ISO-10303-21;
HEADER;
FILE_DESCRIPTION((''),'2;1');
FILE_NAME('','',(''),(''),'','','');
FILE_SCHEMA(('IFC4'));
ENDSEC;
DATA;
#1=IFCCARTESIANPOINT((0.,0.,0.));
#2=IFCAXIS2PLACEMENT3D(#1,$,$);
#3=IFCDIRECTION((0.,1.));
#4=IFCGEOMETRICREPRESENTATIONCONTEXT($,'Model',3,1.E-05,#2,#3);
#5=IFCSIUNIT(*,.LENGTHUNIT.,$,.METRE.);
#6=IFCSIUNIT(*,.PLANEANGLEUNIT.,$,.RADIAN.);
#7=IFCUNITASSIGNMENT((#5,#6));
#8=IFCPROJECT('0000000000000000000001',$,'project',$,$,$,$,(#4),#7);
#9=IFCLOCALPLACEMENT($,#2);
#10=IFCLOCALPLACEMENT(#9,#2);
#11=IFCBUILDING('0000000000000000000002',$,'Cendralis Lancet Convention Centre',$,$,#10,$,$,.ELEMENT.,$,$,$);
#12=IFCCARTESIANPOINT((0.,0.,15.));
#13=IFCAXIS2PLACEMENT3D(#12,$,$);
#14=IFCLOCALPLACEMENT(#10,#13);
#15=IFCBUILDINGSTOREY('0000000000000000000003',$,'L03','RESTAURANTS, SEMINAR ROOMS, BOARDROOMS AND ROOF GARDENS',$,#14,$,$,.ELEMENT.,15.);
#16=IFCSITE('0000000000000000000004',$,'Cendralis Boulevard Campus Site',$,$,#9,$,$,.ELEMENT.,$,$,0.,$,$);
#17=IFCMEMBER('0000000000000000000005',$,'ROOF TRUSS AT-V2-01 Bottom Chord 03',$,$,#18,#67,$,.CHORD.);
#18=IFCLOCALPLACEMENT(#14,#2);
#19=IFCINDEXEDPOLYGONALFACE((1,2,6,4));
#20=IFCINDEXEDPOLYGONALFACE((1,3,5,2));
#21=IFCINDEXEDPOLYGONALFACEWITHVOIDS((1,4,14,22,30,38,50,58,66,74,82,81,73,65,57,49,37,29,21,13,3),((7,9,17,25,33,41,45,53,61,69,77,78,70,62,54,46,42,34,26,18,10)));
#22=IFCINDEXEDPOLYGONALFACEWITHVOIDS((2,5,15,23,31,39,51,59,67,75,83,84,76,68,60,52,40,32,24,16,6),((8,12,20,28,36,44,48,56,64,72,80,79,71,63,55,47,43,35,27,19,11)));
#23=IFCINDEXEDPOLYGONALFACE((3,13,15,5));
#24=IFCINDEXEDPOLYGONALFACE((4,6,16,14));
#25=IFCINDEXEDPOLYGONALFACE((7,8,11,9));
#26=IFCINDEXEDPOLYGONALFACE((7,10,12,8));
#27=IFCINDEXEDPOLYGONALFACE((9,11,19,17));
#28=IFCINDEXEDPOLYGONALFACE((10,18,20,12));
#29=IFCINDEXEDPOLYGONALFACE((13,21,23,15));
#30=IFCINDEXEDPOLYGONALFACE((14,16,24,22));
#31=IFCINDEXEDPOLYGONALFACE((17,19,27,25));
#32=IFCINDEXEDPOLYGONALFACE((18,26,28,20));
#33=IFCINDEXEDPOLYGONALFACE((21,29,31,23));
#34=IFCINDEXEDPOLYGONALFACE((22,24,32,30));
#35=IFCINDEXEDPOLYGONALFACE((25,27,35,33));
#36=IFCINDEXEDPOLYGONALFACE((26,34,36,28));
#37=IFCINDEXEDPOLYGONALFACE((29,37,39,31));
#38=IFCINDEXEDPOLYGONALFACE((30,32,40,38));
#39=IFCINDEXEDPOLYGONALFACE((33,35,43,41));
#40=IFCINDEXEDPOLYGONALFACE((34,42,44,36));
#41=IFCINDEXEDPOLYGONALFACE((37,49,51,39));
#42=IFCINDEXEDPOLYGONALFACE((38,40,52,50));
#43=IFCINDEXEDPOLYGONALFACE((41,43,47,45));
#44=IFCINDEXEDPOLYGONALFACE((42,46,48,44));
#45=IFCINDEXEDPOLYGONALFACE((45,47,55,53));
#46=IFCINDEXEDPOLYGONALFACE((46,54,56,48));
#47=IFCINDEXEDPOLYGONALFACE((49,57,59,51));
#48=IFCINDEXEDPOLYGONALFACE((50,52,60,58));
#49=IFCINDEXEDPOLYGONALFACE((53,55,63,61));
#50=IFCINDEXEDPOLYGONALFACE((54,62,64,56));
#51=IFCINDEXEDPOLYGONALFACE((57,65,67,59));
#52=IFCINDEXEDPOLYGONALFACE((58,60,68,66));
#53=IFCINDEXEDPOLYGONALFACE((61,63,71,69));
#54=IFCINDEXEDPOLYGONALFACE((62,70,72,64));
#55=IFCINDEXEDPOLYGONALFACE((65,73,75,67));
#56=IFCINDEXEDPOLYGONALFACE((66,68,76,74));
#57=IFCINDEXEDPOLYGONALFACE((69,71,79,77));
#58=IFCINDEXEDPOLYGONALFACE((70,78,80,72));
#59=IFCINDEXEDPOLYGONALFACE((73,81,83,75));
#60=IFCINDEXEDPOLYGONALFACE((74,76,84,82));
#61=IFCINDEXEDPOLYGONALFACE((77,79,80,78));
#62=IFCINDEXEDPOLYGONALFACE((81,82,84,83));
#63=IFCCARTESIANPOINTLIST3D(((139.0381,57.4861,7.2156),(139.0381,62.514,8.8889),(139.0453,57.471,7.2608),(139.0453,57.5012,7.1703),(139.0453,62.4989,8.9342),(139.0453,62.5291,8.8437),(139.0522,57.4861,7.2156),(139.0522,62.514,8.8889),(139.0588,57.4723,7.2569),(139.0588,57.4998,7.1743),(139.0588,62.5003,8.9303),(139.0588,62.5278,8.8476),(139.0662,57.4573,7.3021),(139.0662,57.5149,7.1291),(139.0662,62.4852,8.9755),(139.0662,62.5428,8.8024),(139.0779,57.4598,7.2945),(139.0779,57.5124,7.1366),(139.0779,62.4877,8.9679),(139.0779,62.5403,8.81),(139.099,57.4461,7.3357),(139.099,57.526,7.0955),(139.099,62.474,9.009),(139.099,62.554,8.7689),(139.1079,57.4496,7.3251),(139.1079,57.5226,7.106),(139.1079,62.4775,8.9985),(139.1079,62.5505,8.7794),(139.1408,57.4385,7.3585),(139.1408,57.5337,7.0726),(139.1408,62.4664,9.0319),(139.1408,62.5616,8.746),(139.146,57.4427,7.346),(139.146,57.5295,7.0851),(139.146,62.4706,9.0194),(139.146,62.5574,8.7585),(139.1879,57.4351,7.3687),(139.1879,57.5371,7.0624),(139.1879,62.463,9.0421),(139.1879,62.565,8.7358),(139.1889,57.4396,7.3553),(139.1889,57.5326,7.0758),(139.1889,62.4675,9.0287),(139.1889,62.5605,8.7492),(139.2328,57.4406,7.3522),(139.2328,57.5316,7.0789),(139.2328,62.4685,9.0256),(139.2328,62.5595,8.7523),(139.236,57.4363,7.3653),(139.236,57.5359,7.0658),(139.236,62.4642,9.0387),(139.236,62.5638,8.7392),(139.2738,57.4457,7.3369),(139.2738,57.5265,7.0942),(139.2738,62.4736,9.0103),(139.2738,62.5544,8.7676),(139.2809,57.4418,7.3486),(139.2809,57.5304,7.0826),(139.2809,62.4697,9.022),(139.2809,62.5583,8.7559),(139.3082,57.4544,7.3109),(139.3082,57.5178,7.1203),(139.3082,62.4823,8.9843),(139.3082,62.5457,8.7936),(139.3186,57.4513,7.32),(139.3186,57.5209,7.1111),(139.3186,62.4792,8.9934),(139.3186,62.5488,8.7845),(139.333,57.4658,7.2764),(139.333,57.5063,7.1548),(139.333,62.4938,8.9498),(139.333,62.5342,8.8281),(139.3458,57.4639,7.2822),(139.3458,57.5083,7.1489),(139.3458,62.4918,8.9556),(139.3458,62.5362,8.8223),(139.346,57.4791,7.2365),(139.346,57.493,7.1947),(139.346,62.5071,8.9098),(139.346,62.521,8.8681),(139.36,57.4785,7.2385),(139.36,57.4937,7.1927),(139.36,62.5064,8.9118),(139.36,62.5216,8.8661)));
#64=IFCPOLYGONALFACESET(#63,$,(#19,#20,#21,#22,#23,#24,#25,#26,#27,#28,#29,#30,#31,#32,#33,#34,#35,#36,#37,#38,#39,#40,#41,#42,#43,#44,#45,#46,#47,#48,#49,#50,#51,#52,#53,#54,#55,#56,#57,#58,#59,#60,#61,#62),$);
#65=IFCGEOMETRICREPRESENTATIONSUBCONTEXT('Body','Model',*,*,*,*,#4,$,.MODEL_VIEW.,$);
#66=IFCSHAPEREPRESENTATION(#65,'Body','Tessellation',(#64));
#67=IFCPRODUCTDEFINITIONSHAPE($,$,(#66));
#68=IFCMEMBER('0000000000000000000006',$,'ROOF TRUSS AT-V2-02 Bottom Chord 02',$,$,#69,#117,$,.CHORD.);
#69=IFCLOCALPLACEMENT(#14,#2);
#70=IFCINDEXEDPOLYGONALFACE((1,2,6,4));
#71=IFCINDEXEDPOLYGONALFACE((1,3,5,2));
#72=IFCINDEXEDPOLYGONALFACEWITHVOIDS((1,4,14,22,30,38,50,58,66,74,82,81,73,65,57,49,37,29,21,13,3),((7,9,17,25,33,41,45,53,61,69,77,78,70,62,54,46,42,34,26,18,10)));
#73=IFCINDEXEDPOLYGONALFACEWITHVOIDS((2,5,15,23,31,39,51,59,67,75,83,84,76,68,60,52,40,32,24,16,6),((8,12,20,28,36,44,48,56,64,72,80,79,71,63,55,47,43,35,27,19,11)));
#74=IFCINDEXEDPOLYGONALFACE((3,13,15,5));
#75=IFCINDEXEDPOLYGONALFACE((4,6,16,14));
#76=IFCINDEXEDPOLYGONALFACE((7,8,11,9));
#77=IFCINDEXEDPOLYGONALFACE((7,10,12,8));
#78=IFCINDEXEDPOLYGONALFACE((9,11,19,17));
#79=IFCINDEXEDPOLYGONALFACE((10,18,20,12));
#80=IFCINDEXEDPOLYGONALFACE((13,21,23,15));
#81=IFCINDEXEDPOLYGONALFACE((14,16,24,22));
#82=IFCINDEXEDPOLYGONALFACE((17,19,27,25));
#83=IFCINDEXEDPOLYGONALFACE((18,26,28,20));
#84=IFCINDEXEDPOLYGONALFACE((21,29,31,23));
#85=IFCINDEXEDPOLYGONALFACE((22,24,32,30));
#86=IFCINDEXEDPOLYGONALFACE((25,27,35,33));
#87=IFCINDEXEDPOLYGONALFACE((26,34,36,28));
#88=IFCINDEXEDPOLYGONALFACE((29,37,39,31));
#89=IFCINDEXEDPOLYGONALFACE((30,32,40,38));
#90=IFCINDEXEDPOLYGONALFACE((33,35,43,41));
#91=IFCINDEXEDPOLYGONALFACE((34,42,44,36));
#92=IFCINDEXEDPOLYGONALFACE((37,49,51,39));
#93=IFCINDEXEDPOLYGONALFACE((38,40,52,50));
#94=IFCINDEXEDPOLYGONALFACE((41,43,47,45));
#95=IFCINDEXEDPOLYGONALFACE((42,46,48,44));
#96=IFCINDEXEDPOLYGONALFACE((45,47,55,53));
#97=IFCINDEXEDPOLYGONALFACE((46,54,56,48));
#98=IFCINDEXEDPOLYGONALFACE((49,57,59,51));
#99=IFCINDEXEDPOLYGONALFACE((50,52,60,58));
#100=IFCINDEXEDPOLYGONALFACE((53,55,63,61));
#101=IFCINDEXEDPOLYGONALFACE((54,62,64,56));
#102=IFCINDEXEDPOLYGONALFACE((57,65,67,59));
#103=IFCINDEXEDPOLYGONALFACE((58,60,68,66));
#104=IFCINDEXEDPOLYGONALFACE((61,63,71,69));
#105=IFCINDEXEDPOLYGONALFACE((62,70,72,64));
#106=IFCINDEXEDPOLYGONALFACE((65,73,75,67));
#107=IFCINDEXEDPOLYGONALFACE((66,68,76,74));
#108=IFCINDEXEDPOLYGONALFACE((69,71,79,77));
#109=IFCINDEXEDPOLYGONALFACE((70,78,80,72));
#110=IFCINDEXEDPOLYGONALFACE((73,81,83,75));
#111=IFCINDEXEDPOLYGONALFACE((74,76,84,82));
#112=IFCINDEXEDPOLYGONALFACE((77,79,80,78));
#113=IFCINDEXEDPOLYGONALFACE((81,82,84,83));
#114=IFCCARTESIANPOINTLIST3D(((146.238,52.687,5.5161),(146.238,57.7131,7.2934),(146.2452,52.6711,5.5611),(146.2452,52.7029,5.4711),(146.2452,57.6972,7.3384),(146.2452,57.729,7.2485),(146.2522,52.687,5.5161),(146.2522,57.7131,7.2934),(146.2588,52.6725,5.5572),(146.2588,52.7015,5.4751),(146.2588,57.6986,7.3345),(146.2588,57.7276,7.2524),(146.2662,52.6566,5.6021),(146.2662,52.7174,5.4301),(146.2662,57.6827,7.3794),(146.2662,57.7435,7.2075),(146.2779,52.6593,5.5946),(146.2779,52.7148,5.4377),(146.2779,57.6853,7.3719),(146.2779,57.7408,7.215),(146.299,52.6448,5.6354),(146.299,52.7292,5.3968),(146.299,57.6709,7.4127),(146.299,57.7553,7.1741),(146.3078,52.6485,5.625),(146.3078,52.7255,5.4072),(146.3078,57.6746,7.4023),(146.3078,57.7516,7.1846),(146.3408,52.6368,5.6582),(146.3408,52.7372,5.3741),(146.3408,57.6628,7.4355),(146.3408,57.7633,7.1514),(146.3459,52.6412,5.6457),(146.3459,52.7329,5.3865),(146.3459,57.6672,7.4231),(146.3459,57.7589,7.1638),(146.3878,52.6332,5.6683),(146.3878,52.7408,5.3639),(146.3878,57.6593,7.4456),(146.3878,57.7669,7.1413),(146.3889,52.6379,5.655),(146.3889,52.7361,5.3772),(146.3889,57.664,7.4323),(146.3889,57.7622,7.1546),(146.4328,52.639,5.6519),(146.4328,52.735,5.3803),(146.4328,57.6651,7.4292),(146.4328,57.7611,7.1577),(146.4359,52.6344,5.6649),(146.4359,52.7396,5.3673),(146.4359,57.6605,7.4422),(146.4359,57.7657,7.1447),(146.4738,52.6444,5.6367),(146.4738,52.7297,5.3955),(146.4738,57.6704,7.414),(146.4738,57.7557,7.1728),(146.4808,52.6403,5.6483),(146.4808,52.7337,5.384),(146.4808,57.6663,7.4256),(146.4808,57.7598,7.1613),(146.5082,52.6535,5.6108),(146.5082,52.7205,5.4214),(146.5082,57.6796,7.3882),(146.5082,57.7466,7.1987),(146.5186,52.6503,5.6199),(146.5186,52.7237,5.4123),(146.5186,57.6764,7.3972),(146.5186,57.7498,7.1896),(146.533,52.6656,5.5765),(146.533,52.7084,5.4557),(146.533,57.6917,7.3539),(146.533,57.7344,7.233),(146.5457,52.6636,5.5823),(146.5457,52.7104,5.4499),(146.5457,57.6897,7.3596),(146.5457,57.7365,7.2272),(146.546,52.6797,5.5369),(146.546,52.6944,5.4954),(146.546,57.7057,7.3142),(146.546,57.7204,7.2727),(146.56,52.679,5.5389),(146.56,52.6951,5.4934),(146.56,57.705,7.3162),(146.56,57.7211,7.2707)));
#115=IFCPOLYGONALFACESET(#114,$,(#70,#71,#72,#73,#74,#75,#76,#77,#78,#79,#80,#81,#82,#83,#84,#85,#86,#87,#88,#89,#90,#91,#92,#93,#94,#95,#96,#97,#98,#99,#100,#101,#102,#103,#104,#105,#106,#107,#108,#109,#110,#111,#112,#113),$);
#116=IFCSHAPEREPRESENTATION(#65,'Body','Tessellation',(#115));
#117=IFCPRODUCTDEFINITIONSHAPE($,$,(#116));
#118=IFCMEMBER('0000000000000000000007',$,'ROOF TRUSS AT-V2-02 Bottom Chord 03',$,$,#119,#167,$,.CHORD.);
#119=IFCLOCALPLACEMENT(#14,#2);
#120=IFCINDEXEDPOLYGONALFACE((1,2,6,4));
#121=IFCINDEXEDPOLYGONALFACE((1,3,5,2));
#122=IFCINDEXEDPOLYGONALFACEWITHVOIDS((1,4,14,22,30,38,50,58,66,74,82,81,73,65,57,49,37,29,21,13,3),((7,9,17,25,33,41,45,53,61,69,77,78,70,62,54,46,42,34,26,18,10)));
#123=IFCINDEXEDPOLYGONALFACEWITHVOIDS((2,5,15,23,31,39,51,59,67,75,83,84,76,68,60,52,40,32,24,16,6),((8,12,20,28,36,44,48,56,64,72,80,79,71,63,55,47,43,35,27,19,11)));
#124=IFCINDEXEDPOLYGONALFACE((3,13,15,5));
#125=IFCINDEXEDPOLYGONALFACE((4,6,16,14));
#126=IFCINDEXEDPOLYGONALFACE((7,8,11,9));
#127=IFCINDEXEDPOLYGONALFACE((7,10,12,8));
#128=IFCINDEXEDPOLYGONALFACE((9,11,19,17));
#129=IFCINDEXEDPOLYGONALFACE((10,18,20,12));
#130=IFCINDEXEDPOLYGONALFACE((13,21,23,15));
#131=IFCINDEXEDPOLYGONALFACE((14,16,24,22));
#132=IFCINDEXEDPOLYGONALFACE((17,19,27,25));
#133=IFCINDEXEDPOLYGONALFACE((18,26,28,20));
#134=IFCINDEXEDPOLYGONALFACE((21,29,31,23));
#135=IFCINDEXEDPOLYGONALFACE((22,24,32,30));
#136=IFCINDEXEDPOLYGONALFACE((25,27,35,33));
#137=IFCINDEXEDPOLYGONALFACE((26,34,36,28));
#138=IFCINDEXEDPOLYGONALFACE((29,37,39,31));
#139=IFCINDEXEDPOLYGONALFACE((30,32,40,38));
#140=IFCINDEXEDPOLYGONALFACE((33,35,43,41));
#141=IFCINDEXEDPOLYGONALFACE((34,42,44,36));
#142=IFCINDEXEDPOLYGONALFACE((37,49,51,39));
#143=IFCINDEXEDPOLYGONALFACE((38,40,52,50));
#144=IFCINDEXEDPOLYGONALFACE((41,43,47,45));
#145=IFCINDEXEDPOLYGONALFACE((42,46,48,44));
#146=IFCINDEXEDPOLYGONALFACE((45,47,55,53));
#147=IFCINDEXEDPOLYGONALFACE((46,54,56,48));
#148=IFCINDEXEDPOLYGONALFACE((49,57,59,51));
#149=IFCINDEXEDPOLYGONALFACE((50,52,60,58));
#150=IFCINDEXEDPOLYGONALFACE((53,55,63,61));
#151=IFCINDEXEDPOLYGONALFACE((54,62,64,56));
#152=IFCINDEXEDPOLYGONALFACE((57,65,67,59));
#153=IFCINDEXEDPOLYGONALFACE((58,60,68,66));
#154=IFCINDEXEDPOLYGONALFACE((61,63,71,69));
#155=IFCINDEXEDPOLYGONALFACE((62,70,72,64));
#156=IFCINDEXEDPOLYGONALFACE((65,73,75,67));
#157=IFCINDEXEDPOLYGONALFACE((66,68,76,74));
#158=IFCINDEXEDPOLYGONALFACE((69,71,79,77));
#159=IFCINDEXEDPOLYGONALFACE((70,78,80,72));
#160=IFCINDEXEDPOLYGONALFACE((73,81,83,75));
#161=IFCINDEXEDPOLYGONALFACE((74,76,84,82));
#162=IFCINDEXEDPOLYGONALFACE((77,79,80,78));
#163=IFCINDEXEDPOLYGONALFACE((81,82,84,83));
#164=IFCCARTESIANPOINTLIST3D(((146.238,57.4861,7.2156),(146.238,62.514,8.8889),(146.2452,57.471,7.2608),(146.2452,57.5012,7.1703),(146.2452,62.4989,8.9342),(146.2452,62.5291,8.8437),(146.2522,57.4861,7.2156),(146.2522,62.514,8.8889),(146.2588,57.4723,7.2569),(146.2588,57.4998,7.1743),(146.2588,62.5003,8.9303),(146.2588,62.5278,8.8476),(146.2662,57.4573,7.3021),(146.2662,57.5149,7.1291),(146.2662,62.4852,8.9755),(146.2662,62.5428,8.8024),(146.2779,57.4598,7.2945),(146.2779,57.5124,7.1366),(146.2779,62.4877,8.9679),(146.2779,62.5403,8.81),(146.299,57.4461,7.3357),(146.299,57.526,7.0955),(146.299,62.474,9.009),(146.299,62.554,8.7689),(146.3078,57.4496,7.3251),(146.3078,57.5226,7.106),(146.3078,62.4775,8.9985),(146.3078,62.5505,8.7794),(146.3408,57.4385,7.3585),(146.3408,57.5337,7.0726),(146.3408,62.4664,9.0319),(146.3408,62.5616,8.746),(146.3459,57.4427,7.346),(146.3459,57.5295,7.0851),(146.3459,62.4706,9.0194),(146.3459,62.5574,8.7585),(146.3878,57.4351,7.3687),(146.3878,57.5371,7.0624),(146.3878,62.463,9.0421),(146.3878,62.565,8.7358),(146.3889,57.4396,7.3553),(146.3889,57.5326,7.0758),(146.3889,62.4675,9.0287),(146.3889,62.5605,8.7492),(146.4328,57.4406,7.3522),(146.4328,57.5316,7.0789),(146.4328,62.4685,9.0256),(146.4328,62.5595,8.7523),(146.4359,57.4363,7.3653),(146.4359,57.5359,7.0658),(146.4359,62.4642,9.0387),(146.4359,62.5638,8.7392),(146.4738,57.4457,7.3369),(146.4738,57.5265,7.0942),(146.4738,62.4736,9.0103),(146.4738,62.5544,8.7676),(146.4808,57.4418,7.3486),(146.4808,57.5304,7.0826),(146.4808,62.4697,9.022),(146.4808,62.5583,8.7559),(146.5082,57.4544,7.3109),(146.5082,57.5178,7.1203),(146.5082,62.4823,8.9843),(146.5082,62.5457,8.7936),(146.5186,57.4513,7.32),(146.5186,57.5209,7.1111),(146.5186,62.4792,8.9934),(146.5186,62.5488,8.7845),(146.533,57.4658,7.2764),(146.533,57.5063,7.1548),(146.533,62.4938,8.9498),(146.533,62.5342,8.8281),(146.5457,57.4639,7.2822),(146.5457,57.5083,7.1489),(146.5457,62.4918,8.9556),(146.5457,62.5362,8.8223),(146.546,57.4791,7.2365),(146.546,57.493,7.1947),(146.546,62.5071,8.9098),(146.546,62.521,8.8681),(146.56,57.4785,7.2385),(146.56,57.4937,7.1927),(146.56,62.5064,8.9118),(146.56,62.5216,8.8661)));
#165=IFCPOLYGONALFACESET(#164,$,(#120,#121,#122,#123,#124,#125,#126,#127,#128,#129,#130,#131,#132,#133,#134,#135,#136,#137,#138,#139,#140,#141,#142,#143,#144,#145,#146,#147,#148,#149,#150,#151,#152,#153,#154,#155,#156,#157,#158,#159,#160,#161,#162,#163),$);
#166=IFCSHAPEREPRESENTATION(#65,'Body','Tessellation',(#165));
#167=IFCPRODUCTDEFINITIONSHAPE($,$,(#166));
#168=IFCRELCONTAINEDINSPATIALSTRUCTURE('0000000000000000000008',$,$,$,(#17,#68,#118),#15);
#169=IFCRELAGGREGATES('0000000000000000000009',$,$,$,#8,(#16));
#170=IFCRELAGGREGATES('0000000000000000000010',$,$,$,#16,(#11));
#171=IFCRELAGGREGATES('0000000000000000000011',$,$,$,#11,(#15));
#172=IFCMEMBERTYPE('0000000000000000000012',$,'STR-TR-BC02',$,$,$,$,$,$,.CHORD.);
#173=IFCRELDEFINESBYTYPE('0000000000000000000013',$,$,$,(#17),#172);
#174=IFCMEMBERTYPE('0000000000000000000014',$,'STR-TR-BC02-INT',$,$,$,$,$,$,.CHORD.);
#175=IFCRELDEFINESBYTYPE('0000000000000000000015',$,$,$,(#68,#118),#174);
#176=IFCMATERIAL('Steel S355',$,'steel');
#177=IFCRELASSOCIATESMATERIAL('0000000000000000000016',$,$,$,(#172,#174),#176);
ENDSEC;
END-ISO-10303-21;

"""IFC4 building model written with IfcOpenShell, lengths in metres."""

from ifc_helpers import new_model, si_unit, direction, frame, origin, origin_2d, place, context, subcontext, project, spatial, hollow_circle, extrude, material, material_profile, profile_set, type_object, element, save


model = new_model("IFC4")

# Units and contexts
model_context = context("Model", 3, precision=1e-05, world=origin(), true_north=direction((0.0, 1.0)))
body_context = subcontext(model_context, "Body", "Model", "MODEL_VIEW")
ifc_project = project(units=[si_unit("LENGTHUNIT", "METRE"), si_unit("PLANEANGLEUNIT", "RADIAN")], contexts=[model_context])

# Site, building, storey
site_placement = place(None, origin())
site = spatial("IfcSite", under=ifc_project, at=site_placement, Name="Cendralis Boulevard Campus Site", CompositionType="ELEMENT", RefElevation=0.0)
building_placement = place(site_placement, origin())
building = spatial("IfcBuilding", under=site, at=building_placement, Name="Cendralis Lancet Convention Centre", CompositionType="ELEMENT")
storey_placement = place(building_placement, frame((0.0, 0.0, 15.0)))
storey = spatial("IfcBuildingStorey", under=building, at=storey_placement, Name="L03", Description="RESTAURANTS, SEMINAR ROOMS, BOARDROOMS AND ROOF GARDENS", CompositionType="ELEMENT", Elevation=15.0)

# Shared definitions
ifc_material_1 = material(Name="Steel S355", Category="steel")

# Members
ifc_material_profile_1 = material_profile(ifc_material_1, hollow_circle(Radius=0.1619, WallThickness=0.0142, at=origin_2d()), Name="CHS 323.9x14.2")
ifc_profile_set_1 = profile_set([ifc_material_profile_1], Name="Steel S355")
member_type_1 = type_object("IfcMemberType", Name="STR-TR-BC02", PredefinedType="CHORD", material=ifc_profile_set_1)
member_1_placement = place(storey_placement, frame((139.2, 57.4861, 7.2156), z_axis=(0.0, 0.948831, 0.315785), x_axis=(-1.0, 0.0, 0.0)))
element("IfcMember", 1, at=member_1_placement, inside=storey, type_object=member_type_1, Name="ROOF TRUSS AT-V2-01 Bottom Chord 03", PredefinedType="CHORD", context=body_context, shape_type="SweptSolid", body=[
    extrude(hollow_circle(Radius=0.1619, WallThickness=0.0142, at=origin_2d()), origin(), (0.0, 0.0, 1.0), 5.2991),
])
ifc_material_profile_2 = material_profile(ifc_material_1, hollow_circle(Radius=0.1619, WallThickness=0.0142, at=origin_2d()), Name="CHS 323.9x14.2")
ifc_profile_set_2 = profile_set([ifc_material_profile_2], Name="Steel S355")
member_type_2 = type_object("IfcMemberType", Name="STR-TR-BC02-INT", PredefinedType="CHORD", material=ifc_profile_set_2)
member_2_placement = place(storey_placement, frame((146.3999, 52.687, 5.5161), z_axis=(0.0, 0.942789, 0.33339), x_axis=(-1.0, 0.0, 0.0)))
element("IfcMember", 2, at=member_2_placement, inside=storey, type_object=member_type_2, Name="ROOF TRUSS AT-V2-02 Bottom Chord 02", PredefinedType="CHORD", context=body_context, shape_type="SweptSolid", body=[
    extrude(hollow_circle(Radius=0.1619, WallThickness=0.0142, at=origin_2d()), origin(), (0.0, 0.0, 1.0), 5.3311),
])
member_3_placement = place(storey_placement, frame((146.3999, 57.4861, 7.2156), z_axis=(0.0, 0.948831, 0.315785), x_axis=(-1.0, 0.0, 0.0)))
element("IfcMember", 3, at=member_3_placement, inside=storey, type_object=member_type_2, Name="ROOF TRUSS AT-V2-02 Bottom Chord 03", PredefinedType="CHORD", context=body_context, shape_type="SweptSolid", body=[
    extrude(hollow_circle(Radius=0.1619, WallThickness=0.0142, at=origin_2d()), origin(), (0.0, 0.0, 1.0), 5.2991),
])

save(model, "model.ifc")
